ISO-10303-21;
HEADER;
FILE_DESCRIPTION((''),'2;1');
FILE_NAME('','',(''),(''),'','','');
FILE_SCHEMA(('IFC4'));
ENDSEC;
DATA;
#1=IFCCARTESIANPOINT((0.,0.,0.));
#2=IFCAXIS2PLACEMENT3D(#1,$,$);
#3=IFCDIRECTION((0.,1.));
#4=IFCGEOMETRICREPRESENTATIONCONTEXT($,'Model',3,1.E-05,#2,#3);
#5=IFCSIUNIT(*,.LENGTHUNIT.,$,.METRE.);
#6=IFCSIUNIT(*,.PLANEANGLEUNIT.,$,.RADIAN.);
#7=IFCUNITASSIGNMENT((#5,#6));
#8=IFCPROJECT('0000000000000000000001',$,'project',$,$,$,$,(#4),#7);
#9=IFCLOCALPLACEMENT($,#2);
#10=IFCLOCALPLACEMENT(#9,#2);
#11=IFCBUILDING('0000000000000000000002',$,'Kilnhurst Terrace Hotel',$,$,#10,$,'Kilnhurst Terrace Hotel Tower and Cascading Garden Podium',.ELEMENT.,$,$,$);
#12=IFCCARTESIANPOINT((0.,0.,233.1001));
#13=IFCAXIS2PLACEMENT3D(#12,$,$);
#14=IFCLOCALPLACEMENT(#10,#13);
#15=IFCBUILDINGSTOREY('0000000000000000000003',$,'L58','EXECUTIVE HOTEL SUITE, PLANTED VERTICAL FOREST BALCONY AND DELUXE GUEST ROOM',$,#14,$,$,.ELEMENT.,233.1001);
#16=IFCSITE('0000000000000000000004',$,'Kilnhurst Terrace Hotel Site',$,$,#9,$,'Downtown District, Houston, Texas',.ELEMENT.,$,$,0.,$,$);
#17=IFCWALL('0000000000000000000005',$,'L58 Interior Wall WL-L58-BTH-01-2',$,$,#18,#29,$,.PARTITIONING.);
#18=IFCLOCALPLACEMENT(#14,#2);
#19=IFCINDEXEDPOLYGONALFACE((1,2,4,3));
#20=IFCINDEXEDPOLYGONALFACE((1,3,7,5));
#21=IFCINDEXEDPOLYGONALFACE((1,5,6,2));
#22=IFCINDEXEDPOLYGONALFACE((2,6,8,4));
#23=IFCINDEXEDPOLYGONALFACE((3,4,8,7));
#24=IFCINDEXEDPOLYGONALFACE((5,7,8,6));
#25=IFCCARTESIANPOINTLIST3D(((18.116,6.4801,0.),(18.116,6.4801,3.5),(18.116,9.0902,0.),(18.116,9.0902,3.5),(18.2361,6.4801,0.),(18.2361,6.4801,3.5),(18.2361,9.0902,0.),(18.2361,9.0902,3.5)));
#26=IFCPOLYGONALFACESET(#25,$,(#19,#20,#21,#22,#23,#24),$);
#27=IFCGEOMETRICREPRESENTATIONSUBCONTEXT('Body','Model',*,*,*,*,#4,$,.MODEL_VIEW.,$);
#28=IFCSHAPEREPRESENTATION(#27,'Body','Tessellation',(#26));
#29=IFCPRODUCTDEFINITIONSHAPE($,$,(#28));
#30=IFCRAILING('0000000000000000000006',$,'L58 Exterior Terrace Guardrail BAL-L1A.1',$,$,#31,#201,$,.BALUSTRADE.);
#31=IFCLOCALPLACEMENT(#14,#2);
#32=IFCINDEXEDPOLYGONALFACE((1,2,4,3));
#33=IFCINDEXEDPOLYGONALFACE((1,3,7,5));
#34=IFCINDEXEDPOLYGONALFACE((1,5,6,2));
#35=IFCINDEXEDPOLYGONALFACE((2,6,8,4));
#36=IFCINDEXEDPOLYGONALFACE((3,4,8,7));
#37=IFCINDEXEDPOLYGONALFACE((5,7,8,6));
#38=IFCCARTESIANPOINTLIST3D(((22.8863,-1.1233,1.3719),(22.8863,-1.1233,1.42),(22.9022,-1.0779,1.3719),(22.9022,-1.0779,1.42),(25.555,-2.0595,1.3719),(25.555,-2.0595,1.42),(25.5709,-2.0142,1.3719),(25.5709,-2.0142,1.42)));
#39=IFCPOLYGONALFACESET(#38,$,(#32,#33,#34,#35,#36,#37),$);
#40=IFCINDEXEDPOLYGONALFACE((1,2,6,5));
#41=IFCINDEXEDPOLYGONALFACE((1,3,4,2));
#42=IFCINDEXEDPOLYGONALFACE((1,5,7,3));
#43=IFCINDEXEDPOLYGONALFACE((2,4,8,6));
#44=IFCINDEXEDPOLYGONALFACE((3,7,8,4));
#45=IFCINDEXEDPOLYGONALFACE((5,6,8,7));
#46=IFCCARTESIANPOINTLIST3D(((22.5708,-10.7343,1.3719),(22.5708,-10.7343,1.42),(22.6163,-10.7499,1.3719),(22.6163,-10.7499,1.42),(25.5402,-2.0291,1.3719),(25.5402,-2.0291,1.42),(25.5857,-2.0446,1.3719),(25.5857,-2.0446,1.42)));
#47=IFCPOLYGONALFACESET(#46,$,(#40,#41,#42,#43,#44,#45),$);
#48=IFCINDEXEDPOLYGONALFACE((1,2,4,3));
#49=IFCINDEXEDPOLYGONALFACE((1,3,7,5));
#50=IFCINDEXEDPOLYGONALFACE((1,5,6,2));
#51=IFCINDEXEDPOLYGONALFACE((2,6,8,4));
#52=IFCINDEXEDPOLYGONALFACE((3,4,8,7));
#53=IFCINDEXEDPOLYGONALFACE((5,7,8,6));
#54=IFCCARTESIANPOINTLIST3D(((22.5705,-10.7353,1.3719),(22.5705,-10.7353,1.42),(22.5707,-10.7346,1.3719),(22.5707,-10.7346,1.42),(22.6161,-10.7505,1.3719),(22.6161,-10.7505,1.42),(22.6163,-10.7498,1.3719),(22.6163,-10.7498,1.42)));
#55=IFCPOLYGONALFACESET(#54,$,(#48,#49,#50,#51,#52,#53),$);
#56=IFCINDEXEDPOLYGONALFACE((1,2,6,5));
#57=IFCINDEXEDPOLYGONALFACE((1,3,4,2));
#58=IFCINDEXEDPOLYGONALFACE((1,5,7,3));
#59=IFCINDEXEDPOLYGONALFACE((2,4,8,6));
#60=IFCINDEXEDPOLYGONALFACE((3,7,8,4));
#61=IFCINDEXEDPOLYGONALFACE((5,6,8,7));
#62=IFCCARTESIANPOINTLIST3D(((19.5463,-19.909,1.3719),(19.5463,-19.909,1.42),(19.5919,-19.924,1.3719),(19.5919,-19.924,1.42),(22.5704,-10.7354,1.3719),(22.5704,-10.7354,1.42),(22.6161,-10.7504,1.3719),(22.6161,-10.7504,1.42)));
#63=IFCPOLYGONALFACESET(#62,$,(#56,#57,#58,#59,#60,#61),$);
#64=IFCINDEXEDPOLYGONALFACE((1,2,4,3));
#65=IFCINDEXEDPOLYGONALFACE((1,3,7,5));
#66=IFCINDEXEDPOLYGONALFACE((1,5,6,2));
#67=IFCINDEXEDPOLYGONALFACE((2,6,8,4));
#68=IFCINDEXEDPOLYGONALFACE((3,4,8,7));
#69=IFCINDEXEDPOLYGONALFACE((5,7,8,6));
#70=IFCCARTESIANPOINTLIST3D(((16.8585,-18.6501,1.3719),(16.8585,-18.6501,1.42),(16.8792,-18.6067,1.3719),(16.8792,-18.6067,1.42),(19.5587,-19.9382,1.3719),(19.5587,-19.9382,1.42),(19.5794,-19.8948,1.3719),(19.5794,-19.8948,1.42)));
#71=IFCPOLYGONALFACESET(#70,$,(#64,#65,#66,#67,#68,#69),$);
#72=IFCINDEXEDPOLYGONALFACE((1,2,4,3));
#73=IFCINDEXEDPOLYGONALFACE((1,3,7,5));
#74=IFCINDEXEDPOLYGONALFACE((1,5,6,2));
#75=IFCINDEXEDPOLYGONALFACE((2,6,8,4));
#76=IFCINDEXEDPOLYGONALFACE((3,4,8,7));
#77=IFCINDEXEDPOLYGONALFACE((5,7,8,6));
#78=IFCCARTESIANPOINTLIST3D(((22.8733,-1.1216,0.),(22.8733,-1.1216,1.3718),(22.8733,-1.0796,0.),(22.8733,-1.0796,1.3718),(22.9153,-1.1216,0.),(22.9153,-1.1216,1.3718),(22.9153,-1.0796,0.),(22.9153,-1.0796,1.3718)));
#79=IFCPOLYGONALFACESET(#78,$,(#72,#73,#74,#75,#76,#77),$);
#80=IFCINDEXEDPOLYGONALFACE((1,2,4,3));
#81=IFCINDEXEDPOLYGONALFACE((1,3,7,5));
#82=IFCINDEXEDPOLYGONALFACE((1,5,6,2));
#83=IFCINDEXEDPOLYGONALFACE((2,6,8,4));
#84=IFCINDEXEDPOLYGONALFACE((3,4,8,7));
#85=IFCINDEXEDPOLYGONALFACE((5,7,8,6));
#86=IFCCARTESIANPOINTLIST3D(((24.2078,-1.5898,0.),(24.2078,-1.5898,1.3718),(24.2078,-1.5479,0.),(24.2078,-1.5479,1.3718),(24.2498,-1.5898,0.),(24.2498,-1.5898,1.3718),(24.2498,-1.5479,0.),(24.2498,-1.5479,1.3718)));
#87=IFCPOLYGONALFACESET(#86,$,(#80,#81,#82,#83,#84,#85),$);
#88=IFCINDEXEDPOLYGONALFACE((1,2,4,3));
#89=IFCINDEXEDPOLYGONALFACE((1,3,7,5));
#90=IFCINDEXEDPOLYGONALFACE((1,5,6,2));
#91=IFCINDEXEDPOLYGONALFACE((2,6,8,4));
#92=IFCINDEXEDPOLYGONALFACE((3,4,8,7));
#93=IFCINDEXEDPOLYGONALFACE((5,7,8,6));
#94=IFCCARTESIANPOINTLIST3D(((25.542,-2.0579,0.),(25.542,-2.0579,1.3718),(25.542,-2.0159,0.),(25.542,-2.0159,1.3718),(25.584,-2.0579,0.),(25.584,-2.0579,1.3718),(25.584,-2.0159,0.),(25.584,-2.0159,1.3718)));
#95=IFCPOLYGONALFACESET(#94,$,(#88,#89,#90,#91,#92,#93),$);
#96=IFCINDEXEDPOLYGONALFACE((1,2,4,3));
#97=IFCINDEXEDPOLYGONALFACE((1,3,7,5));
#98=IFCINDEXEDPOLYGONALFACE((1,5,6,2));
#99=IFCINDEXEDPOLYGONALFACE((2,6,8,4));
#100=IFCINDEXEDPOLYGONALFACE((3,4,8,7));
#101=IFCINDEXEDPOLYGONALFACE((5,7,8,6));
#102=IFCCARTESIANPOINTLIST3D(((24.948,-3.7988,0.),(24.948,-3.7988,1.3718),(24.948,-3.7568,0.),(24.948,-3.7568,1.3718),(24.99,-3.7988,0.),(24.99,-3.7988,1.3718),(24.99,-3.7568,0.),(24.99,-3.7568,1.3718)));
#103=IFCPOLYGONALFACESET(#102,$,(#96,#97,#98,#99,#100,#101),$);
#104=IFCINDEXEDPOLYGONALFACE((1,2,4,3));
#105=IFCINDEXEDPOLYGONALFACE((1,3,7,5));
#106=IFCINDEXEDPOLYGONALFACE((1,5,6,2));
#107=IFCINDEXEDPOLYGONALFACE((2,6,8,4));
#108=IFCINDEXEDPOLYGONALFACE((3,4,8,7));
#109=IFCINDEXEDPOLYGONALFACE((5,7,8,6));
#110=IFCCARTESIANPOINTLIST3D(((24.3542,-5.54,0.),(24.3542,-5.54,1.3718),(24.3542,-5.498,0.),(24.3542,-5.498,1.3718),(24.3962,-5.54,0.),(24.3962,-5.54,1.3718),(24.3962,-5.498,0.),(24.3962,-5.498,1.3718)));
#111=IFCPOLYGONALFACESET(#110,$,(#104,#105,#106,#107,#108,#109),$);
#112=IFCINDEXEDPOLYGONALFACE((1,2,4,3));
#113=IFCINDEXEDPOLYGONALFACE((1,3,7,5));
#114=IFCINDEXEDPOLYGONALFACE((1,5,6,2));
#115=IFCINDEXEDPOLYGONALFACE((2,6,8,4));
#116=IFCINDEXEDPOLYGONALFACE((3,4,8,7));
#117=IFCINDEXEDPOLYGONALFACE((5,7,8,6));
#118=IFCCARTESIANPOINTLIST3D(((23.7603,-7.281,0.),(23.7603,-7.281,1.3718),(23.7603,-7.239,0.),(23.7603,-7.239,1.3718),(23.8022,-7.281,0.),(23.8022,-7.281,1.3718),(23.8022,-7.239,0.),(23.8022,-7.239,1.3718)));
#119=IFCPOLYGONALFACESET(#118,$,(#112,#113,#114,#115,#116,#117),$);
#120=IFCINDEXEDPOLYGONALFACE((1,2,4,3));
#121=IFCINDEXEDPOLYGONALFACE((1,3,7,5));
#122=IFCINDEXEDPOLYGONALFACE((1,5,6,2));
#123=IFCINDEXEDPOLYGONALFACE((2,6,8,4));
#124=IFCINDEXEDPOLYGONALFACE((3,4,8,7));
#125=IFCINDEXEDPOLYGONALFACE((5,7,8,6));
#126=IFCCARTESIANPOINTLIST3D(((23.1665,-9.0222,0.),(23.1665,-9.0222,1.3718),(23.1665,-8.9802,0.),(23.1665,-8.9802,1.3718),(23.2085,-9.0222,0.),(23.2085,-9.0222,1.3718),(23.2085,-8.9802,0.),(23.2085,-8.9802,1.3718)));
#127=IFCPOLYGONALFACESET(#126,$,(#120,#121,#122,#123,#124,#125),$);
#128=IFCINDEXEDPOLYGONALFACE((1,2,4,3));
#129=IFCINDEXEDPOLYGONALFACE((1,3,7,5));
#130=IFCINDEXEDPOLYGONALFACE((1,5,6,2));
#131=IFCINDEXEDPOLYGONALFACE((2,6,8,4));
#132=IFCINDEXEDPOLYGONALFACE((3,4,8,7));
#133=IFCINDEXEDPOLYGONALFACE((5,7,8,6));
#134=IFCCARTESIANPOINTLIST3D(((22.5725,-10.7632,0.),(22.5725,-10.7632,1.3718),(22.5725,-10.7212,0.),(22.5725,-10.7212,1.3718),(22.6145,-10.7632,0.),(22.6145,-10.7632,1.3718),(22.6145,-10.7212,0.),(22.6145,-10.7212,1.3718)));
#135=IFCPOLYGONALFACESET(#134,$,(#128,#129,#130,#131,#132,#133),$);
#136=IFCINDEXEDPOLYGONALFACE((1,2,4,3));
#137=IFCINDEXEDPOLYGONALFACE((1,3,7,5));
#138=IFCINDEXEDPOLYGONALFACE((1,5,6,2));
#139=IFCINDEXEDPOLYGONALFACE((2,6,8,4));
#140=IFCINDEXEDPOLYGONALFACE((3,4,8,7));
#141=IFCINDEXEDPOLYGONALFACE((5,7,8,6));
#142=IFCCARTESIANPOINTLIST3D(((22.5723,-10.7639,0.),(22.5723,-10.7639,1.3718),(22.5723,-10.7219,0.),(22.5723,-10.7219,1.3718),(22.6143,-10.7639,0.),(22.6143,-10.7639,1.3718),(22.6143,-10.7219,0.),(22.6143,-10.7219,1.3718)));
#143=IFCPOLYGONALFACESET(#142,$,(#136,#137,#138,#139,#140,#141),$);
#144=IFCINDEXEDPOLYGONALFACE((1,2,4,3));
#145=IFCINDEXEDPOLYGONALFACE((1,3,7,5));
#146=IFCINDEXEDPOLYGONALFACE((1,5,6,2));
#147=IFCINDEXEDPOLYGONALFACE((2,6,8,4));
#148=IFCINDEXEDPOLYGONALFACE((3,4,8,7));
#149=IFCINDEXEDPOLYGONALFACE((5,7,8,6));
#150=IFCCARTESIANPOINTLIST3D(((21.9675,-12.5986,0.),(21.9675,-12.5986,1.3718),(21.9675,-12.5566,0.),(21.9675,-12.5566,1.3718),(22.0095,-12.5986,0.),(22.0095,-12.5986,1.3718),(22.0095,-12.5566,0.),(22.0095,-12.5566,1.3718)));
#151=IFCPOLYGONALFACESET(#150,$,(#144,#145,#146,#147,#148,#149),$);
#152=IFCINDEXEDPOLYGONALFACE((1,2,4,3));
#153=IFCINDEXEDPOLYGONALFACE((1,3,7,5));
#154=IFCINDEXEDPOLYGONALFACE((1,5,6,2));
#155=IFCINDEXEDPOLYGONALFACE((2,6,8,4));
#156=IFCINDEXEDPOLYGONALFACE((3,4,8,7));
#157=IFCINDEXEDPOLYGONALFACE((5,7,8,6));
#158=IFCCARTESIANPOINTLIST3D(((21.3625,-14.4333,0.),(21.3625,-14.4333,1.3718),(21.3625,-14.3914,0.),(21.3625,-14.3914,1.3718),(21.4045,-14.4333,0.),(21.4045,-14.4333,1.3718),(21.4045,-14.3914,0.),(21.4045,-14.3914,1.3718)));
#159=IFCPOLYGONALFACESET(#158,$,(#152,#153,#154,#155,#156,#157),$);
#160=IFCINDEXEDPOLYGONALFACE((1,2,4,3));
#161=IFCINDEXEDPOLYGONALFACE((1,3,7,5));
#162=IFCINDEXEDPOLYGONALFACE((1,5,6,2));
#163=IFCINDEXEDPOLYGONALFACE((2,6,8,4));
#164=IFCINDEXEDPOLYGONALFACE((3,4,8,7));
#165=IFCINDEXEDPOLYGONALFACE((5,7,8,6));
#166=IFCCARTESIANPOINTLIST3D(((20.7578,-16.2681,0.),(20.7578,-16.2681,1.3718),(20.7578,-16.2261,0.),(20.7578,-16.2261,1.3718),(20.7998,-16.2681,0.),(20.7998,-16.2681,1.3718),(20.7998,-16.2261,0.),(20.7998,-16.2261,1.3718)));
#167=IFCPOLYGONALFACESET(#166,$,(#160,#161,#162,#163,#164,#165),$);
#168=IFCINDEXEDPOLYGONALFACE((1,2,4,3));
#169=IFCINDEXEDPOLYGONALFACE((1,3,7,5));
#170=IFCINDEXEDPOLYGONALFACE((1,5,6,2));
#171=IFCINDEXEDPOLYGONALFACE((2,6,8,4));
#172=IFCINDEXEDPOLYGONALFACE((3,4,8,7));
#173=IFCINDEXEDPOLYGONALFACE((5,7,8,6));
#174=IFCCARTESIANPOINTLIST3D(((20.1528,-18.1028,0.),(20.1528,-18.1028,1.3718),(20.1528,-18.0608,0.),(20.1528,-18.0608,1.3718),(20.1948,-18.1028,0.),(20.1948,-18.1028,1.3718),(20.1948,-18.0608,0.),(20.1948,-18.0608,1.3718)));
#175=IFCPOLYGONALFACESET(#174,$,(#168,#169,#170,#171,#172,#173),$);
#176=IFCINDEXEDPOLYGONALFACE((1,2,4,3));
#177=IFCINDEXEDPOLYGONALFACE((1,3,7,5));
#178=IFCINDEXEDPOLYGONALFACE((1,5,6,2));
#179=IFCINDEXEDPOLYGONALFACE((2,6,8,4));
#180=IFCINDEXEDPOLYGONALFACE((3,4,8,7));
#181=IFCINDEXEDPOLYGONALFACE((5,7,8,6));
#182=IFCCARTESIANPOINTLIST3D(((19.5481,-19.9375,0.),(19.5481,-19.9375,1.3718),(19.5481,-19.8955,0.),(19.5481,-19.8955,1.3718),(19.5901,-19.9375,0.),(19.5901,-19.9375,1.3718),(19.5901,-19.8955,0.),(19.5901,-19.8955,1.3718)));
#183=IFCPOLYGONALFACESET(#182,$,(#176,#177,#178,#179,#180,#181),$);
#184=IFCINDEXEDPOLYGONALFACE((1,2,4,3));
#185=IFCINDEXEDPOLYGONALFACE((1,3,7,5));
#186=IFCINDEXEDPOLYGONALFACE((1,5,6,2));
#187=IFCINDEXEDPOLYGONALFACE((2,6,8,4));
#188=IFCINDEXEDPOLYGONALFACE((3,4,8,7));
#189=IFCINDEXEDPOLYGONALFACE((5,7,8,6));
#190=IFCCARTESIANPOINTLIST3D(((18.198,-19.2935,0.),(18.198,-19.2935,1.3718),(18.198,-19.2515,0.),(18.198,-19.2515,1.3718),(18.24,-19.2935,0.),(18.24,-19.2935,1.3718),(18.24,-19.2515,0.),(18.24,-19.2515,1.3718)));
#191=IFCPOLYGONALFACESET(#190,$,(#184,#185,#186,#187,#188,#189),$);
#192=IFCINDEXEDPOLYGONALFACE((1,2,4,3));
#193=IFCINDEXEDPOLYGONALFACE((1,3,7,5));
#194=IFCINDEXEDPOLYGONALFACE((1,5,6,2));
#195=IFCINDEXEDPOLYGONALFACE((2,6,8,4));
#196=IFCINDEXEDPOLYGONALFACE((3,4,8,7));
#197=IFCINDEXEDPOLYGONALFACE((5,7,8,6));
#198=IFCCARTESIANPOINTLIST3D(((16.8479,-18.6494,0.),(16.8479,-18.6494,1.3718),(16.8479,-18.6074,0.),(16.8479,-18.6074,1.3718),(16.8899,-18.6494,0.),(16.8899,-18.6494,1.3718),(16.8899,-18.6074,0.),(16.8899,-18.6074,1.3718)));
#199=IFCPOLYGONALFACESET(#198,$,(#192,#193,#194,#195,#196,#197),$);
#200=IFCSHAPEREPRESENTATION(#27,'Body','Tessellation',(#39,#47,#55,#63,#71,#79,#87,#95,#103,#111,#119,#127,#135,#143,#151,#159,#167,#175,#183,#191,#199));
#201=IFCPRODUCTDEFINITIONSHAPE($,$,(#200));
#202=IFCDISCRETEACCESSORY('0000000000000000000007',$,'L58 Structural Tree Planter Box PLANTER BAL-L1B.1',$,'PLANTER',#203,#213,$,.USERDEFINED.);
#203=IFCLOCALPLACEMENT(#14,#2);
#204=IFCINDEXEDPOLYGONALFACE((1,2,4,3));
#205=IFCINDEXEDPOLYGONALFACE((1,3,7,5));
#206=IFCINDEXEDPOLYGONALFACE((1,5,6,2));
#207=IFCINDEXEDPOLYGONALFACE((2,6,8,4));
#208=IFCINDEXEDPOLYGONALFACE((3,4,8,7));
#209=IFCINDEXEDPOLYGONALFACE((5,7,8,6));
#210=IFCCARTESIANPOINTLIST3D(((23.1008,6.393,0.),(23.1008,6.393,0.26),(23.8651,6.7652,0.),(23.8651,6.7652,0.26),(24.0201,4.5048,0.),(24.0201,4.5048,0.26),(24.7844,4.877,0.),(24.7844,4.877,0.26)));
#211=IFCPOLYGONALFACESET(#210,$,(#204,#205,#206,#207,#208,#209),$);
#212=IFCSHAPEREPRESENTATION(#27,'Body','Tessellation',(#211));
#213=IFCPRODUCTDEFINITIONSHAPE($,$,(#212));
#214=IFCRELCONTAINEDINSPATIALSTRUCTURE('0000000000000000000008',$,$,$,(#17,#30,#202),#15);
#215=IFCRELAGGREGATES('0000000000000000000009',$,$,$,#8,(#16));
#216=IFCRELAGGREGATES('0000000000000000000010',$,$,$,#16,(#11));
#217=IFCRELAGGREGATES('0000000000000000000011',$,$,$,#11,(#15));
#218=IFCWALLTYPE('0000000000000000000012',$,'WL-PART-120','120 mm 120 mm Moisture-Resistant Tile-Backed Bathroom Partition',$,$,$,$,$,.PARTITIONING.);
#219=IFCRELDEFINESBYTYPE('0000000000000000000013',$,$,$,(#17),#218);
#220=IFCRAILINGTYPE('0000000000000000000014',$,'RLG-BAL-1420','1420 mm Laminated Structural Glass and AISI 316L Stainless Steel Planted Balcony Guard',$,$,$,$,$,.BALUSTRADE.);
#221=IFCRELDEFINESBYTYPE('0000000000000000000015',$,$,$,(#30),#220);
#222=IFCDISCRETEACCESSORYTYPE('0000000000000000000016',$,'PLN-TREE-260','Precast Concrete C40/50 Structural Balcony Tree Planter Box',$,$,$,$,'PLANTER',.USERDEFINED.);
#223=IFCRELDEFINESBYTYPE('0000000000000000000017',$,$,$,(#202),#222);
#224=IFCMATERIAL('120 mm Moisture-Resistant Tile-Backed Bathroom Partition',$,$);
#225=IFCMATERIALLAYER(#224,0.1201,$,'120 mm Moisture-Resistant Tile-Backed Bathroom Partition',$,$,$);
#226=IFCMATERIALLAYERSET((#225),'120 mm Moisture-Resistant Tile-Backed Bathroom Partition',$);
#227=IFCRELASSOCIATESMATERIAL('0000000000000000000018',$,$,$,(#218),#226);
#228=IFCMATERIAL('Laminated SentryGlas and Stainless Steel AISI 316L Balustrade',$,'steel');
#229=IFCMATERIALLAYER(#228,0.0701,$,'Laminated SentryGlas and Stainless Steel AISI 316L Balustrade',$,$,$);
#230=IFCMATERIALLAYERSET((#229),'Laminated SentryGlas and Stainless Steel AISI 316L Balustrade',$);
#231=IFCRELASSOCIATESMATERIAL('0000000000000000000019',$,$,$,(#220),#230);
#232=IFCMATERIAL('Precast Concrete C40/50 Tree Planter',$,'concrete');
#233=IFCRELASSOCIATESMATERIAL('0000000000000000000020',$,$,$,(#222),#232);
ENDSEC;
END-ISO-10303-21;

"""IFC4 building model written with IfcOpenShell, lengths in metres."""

from ifc_helpers import new_model, si_unit, direction, frame, frame_2d, origin, origin_2d, place, context, subcontext, project, spatial, rectangle, extrude, material, layer, layer_set, type_object, element, save


model = new_model("IFC4")

# Units and contexts
model_context = context("Model", 3, precision=1e-05, world=origin(), true_north=direction((0.0, 1.0)))
body_context = subcontext(model_context, "Body", "Model", "MODEL_VIEW")
ifc_project = project(units=[si_unit("LENGTHUNIT", "METRE"), si_unit("PLANEANGLEUNIT", "RADIAN")], contexts=[model_context])

# Site, building, storey
site_placement = place(None, origin())
site = spatial("IfcSite", under=ifc_project, at=site_placement, Name="Kilnhurst Terrace Hotel Site", LongName="Downtown District, Houston, Texas", CompositionType="ELEMENT", RefElevation=0.0)
building_placement = place(site_placement, origin())
building = spatial("IfcBuilding", under=site, at=building_placement, Name="Kilnhurst Terrace Hotel", LongName="Kilnhurst Terrace Hotel Tower and Cascading Garden Podium", CompositionType="ELEMENT")
storey_placement = place(building_placement, frame((0.0, 0.0, 233.1001)))
storey = spatial("IfcBuildingStorey", under=building, at=storey_placement, Name="L58", Description="EXECUTIVE HOTEL SUITE, PLANTED VERTICAL FOREST BALCONY AND DELUXE GUEST ROOM", CompositionType="ELEMENT", Elevation=233.1001)

# Shared definitions
ifc_material_1 = material(Name="120 mm Moisture-Resistant Tile-Backed Bathroom Partition")
ifc_layer_1 = layer(ifc_material_1, 0.1201, Name="120 mm Moisture-Resistant Tile-Backed Bathroom Partition")
ifc_layer_set_1 = layer_set([ifc_layer_1], Name="120 mm Moisture-Resistant Tile-Backed Bathroom Partition")
wall_type_1 = type_object("IfcWallType", Name="WL-PART-120", Description="120 mm 120 mm Moisture-Resistant Tile-Backed Bathroom Partition", PredefinedType="PARTITIONING", material=ifc_layer_set_1)

# Wall
wall_1_placement = place(storey_placement, frame((18.176, 6.48, 0.0), z_axis=(0.0, 0.0, 1.0), x_axis=(0.0, 1.0, 0.0)))
element("IfcWall", 1, at=wall_1_placement, inside=storey, type_object=wall_type_1, Name="L58 Interior Wall WL-L58-BTH-01-2", PredefinedType="PARTITIONING", context=body_context, shape_type="SweptSolid", body=[
    extrude(rectangle(XDim=2.6101, YDim=0.1201, at=frame_2d((1.3052, 0.0))), origin(), (0.0, 0.0, 1.0), 3.5),
])

# Railing
ifc_material_2 = material(Name="Laminated SentryGlas and Stainless Steel AISI 316L Balustrade", Category="steel")
ifc_layer_2 = layer(ifc_material_2, 0.0701, Name="Laminated SentryGlas and Stainless Steel AISI 316L Balustrade")
ifc_layer_set_2 = layer_set([ifc_layer_2], Name="Laminated SentryGlas and Stainless Steel AISI 316L Balustrade")
railing_type = type_object("IfcRailingType", Name="RLG-BAL-1420", Description="1420 mm Laminated Structural Glass and AISI 316L Stainless Steel Planted Balcony Guard", PredefinedType="BALUSTRADE", material=ifc_layer_set_2)
railing_placement = place(storey_placement, frame((22.8943, -1.1006, 0.0)))
element("IfcRailing", 2, at=railing_placement, inside=storey, type_object=railing_type, Name="L58 Exterior Terrace Guardrail BAL-L1A.1", PredefinedType="BALUSTRADE", context=body_context, shape_type="SweptSolid", body=[
    extrude(rectangle(XDim=0.0481, YDim=0.0481, at=origin_2d()), frame((0.0, 0.0, 1.396), z_axis=(0.943612, -0.331054, 0.0), x_axis=(0.331054, 0.943612, 0.0)), (0.0, 0.0, 1.0), 2.8281),
    extrude(rectangle(XDim=0.0481, YDim=0.0481, at=origin_2d()), frame((2.6687, -0.9363, 1.396), z_axis=(-0.322845, -0.946452, 0.0), x_axis=(0.946452, -0.322845, 0.0)), (0.0, 0.0, 1.0), 9.1978),
    extrude(rectangle(XDim=0.0481, YDim=0.0481, at=origin_2d()), frame((-0.3008, -9.6416, 1.396), z_axis=(-0.316228, -0.948683, 0.0), x_axis=(0.948683, -0.316228, 0.0)), (0.0, 0.0, 1.0), 0.0007),
    extrude(rectangle(XDim=0.0481, YDim=0.0481, at=origin_2d()), frame((-0.301, -9.6423, 1.396), z_axis=(-0.313087, -0.949725, 0.0), x_axis=(0.949725, -0.313087, 0.0)), (0.0, 0.0, 1.0), 9.6592),
    extrude(rectangle(XDim=0.0481, YDim=0.0481, at=origin_2d()), frame((-3.3252, -18.8159, 1.396), z_axis=(-0.902565, 0.430554, 0.0), x_axis=(-0.430554, -0.902565, 0.0)), (0.0, 0.0, 1.0), 2.9917),
    extrude(rectangle(XDim=0.042, YDim=0.042, at=origin_2d()), origin(), (0.0, 0.0, 1.0), 1.3718),
    extrude(rectangle(XDim=0.042, YDim=0.042, at=origin_2d()), frame((1.3345, -0.4683, 0.0)), (0.0, 0.0, 1.0), 1.3718),
    extrude(rectangle(XDim=0.042, YDim=0.042, at=origin_2d()), frame((2.6687, -0.9363, 0.0)), (0.0, 0.0, 1.0), 1.3718),
    extrude(rectangle(XDim=0.042, YDim=0.042, at=origin_2d()), frame((2.0747, -2.6772, 0.0)), (0.0, 0.0, 1.0), 1.3718),
    extrude(rectangle(XDim=0.042, YDim=0.042, at=origin_2d()), frame((1.481, -4.4185, 0.0)), (0.0, 0.0, 1.0), 1.3718),
    extrude(rectangle(XDim=0.042, YDim=0.042, at=origin_2d()), frame((0.887, -6.1594, 0.0)), (0.0, 0.0, 1.0), 1.3718),
    extrude(rectangle(XDim=0.042, YDim=0.042, at=origin_2d()), frame((0.2932, -7.9006, 0.0)), (0.0, 0.0, 1.0), 1.3718),
    extrude(rectangle(XDim=0.042, YDim=0.042, at=origin_2d()), frame((-0.3008, -9.6416, 0.0)), (0.0, 0.0, 1.0), 1.3718),
    extrude(rectangle(XDim=0.042, YDim=0.042, at=origin_2d()), frame((-0.301, -9.6423, 0.0)), (0.0, 0.0, 1.0), 1.3718),
    extrude(rectangle(XDim=0.042, YDim=0.042, at=origin_2d()), frame((-0.9058, -11.4771, 0.0)), (0.0, 0.0, 1.0), 1.3718),
    extrude(rectangle(XDim=0.042, YDim=0.042, at=origin_2d()), frame((-1.5107, -13.3118, 0.0)), (0.0, 0.0, 1.0), 1.3718),
    extrude(rectangle(XDim=0.042, YDim=0.042, at=origin_2d()), frame((-2.1155, -15.1465, 0.0)), (0.0, 0.0, 1.0), 1.3718),
    extrude(rectangle(XDim=0.042, YDim=0.042, at=origin_2d()), frame((-2.7205, -16.9812, 0.0)), (0.0, 0.0, 1.0), 1.3718),
    extrude(rectangle(XDim=0.042, YDim=0.042, at=origin_2d()), frame((-3.3252, -18.8159, 0.0)), (0.0, 0.0, 1.0), 1.3718),
    extrude(rectangle(XDim=0.042, YDim=0.042, at=origin_2d()), frame((-4.6753, -18.1719, 0.0)), (0.0, 0.0, 1.0), 1.3718),
    extrude(rectangle(XDim=0.042, YDim=0.042, at=origin_2d()), frame((-6.0254, -17.5278, 0.0)), (0.0, 0.0, 1.0), 1.3718),
])

# Discrete accessory
ifc_material_3 = material(Name="Precast Concrete C40/50 Tree Planter", Category="concrete")
discrete_accessory_type = type_object("IfcDiscreteAccessoryType", Name="PLN-TREE-260", Description="Precast Concrete C40/50 Structural Balcony Tree Planter Box", ElementType="PLANTER", PredefinedType="USERDEFINED", material=ifc_material_3)
discrete_accessory_placement = place(storey_placement, frame((23.9426, 5.635, 0.0), z_axis=(0.0, 0.0, 1.0), x_axis=(-0.437744, 0.8991, 0.0)))
element("IfcDiscreteAccessory", 3, at=discrete_accessory_placement, inside=storey, type_object=discrete_accessory_type, Name="L58 Structural Tree Planter Box PLANTER BAL-L1B.1", ObjectType="PLANTER", PredefinedType="USERDEFINED", context=body_context, shape_type="SweptSolid", body=[
    extrude(rectangle(XDim=2.1001, YDim=0.8501, at=origin_2d()), origin(), (0.0, 0.0, 1.0), 0.26),
])

save(model, "model.ifc")
